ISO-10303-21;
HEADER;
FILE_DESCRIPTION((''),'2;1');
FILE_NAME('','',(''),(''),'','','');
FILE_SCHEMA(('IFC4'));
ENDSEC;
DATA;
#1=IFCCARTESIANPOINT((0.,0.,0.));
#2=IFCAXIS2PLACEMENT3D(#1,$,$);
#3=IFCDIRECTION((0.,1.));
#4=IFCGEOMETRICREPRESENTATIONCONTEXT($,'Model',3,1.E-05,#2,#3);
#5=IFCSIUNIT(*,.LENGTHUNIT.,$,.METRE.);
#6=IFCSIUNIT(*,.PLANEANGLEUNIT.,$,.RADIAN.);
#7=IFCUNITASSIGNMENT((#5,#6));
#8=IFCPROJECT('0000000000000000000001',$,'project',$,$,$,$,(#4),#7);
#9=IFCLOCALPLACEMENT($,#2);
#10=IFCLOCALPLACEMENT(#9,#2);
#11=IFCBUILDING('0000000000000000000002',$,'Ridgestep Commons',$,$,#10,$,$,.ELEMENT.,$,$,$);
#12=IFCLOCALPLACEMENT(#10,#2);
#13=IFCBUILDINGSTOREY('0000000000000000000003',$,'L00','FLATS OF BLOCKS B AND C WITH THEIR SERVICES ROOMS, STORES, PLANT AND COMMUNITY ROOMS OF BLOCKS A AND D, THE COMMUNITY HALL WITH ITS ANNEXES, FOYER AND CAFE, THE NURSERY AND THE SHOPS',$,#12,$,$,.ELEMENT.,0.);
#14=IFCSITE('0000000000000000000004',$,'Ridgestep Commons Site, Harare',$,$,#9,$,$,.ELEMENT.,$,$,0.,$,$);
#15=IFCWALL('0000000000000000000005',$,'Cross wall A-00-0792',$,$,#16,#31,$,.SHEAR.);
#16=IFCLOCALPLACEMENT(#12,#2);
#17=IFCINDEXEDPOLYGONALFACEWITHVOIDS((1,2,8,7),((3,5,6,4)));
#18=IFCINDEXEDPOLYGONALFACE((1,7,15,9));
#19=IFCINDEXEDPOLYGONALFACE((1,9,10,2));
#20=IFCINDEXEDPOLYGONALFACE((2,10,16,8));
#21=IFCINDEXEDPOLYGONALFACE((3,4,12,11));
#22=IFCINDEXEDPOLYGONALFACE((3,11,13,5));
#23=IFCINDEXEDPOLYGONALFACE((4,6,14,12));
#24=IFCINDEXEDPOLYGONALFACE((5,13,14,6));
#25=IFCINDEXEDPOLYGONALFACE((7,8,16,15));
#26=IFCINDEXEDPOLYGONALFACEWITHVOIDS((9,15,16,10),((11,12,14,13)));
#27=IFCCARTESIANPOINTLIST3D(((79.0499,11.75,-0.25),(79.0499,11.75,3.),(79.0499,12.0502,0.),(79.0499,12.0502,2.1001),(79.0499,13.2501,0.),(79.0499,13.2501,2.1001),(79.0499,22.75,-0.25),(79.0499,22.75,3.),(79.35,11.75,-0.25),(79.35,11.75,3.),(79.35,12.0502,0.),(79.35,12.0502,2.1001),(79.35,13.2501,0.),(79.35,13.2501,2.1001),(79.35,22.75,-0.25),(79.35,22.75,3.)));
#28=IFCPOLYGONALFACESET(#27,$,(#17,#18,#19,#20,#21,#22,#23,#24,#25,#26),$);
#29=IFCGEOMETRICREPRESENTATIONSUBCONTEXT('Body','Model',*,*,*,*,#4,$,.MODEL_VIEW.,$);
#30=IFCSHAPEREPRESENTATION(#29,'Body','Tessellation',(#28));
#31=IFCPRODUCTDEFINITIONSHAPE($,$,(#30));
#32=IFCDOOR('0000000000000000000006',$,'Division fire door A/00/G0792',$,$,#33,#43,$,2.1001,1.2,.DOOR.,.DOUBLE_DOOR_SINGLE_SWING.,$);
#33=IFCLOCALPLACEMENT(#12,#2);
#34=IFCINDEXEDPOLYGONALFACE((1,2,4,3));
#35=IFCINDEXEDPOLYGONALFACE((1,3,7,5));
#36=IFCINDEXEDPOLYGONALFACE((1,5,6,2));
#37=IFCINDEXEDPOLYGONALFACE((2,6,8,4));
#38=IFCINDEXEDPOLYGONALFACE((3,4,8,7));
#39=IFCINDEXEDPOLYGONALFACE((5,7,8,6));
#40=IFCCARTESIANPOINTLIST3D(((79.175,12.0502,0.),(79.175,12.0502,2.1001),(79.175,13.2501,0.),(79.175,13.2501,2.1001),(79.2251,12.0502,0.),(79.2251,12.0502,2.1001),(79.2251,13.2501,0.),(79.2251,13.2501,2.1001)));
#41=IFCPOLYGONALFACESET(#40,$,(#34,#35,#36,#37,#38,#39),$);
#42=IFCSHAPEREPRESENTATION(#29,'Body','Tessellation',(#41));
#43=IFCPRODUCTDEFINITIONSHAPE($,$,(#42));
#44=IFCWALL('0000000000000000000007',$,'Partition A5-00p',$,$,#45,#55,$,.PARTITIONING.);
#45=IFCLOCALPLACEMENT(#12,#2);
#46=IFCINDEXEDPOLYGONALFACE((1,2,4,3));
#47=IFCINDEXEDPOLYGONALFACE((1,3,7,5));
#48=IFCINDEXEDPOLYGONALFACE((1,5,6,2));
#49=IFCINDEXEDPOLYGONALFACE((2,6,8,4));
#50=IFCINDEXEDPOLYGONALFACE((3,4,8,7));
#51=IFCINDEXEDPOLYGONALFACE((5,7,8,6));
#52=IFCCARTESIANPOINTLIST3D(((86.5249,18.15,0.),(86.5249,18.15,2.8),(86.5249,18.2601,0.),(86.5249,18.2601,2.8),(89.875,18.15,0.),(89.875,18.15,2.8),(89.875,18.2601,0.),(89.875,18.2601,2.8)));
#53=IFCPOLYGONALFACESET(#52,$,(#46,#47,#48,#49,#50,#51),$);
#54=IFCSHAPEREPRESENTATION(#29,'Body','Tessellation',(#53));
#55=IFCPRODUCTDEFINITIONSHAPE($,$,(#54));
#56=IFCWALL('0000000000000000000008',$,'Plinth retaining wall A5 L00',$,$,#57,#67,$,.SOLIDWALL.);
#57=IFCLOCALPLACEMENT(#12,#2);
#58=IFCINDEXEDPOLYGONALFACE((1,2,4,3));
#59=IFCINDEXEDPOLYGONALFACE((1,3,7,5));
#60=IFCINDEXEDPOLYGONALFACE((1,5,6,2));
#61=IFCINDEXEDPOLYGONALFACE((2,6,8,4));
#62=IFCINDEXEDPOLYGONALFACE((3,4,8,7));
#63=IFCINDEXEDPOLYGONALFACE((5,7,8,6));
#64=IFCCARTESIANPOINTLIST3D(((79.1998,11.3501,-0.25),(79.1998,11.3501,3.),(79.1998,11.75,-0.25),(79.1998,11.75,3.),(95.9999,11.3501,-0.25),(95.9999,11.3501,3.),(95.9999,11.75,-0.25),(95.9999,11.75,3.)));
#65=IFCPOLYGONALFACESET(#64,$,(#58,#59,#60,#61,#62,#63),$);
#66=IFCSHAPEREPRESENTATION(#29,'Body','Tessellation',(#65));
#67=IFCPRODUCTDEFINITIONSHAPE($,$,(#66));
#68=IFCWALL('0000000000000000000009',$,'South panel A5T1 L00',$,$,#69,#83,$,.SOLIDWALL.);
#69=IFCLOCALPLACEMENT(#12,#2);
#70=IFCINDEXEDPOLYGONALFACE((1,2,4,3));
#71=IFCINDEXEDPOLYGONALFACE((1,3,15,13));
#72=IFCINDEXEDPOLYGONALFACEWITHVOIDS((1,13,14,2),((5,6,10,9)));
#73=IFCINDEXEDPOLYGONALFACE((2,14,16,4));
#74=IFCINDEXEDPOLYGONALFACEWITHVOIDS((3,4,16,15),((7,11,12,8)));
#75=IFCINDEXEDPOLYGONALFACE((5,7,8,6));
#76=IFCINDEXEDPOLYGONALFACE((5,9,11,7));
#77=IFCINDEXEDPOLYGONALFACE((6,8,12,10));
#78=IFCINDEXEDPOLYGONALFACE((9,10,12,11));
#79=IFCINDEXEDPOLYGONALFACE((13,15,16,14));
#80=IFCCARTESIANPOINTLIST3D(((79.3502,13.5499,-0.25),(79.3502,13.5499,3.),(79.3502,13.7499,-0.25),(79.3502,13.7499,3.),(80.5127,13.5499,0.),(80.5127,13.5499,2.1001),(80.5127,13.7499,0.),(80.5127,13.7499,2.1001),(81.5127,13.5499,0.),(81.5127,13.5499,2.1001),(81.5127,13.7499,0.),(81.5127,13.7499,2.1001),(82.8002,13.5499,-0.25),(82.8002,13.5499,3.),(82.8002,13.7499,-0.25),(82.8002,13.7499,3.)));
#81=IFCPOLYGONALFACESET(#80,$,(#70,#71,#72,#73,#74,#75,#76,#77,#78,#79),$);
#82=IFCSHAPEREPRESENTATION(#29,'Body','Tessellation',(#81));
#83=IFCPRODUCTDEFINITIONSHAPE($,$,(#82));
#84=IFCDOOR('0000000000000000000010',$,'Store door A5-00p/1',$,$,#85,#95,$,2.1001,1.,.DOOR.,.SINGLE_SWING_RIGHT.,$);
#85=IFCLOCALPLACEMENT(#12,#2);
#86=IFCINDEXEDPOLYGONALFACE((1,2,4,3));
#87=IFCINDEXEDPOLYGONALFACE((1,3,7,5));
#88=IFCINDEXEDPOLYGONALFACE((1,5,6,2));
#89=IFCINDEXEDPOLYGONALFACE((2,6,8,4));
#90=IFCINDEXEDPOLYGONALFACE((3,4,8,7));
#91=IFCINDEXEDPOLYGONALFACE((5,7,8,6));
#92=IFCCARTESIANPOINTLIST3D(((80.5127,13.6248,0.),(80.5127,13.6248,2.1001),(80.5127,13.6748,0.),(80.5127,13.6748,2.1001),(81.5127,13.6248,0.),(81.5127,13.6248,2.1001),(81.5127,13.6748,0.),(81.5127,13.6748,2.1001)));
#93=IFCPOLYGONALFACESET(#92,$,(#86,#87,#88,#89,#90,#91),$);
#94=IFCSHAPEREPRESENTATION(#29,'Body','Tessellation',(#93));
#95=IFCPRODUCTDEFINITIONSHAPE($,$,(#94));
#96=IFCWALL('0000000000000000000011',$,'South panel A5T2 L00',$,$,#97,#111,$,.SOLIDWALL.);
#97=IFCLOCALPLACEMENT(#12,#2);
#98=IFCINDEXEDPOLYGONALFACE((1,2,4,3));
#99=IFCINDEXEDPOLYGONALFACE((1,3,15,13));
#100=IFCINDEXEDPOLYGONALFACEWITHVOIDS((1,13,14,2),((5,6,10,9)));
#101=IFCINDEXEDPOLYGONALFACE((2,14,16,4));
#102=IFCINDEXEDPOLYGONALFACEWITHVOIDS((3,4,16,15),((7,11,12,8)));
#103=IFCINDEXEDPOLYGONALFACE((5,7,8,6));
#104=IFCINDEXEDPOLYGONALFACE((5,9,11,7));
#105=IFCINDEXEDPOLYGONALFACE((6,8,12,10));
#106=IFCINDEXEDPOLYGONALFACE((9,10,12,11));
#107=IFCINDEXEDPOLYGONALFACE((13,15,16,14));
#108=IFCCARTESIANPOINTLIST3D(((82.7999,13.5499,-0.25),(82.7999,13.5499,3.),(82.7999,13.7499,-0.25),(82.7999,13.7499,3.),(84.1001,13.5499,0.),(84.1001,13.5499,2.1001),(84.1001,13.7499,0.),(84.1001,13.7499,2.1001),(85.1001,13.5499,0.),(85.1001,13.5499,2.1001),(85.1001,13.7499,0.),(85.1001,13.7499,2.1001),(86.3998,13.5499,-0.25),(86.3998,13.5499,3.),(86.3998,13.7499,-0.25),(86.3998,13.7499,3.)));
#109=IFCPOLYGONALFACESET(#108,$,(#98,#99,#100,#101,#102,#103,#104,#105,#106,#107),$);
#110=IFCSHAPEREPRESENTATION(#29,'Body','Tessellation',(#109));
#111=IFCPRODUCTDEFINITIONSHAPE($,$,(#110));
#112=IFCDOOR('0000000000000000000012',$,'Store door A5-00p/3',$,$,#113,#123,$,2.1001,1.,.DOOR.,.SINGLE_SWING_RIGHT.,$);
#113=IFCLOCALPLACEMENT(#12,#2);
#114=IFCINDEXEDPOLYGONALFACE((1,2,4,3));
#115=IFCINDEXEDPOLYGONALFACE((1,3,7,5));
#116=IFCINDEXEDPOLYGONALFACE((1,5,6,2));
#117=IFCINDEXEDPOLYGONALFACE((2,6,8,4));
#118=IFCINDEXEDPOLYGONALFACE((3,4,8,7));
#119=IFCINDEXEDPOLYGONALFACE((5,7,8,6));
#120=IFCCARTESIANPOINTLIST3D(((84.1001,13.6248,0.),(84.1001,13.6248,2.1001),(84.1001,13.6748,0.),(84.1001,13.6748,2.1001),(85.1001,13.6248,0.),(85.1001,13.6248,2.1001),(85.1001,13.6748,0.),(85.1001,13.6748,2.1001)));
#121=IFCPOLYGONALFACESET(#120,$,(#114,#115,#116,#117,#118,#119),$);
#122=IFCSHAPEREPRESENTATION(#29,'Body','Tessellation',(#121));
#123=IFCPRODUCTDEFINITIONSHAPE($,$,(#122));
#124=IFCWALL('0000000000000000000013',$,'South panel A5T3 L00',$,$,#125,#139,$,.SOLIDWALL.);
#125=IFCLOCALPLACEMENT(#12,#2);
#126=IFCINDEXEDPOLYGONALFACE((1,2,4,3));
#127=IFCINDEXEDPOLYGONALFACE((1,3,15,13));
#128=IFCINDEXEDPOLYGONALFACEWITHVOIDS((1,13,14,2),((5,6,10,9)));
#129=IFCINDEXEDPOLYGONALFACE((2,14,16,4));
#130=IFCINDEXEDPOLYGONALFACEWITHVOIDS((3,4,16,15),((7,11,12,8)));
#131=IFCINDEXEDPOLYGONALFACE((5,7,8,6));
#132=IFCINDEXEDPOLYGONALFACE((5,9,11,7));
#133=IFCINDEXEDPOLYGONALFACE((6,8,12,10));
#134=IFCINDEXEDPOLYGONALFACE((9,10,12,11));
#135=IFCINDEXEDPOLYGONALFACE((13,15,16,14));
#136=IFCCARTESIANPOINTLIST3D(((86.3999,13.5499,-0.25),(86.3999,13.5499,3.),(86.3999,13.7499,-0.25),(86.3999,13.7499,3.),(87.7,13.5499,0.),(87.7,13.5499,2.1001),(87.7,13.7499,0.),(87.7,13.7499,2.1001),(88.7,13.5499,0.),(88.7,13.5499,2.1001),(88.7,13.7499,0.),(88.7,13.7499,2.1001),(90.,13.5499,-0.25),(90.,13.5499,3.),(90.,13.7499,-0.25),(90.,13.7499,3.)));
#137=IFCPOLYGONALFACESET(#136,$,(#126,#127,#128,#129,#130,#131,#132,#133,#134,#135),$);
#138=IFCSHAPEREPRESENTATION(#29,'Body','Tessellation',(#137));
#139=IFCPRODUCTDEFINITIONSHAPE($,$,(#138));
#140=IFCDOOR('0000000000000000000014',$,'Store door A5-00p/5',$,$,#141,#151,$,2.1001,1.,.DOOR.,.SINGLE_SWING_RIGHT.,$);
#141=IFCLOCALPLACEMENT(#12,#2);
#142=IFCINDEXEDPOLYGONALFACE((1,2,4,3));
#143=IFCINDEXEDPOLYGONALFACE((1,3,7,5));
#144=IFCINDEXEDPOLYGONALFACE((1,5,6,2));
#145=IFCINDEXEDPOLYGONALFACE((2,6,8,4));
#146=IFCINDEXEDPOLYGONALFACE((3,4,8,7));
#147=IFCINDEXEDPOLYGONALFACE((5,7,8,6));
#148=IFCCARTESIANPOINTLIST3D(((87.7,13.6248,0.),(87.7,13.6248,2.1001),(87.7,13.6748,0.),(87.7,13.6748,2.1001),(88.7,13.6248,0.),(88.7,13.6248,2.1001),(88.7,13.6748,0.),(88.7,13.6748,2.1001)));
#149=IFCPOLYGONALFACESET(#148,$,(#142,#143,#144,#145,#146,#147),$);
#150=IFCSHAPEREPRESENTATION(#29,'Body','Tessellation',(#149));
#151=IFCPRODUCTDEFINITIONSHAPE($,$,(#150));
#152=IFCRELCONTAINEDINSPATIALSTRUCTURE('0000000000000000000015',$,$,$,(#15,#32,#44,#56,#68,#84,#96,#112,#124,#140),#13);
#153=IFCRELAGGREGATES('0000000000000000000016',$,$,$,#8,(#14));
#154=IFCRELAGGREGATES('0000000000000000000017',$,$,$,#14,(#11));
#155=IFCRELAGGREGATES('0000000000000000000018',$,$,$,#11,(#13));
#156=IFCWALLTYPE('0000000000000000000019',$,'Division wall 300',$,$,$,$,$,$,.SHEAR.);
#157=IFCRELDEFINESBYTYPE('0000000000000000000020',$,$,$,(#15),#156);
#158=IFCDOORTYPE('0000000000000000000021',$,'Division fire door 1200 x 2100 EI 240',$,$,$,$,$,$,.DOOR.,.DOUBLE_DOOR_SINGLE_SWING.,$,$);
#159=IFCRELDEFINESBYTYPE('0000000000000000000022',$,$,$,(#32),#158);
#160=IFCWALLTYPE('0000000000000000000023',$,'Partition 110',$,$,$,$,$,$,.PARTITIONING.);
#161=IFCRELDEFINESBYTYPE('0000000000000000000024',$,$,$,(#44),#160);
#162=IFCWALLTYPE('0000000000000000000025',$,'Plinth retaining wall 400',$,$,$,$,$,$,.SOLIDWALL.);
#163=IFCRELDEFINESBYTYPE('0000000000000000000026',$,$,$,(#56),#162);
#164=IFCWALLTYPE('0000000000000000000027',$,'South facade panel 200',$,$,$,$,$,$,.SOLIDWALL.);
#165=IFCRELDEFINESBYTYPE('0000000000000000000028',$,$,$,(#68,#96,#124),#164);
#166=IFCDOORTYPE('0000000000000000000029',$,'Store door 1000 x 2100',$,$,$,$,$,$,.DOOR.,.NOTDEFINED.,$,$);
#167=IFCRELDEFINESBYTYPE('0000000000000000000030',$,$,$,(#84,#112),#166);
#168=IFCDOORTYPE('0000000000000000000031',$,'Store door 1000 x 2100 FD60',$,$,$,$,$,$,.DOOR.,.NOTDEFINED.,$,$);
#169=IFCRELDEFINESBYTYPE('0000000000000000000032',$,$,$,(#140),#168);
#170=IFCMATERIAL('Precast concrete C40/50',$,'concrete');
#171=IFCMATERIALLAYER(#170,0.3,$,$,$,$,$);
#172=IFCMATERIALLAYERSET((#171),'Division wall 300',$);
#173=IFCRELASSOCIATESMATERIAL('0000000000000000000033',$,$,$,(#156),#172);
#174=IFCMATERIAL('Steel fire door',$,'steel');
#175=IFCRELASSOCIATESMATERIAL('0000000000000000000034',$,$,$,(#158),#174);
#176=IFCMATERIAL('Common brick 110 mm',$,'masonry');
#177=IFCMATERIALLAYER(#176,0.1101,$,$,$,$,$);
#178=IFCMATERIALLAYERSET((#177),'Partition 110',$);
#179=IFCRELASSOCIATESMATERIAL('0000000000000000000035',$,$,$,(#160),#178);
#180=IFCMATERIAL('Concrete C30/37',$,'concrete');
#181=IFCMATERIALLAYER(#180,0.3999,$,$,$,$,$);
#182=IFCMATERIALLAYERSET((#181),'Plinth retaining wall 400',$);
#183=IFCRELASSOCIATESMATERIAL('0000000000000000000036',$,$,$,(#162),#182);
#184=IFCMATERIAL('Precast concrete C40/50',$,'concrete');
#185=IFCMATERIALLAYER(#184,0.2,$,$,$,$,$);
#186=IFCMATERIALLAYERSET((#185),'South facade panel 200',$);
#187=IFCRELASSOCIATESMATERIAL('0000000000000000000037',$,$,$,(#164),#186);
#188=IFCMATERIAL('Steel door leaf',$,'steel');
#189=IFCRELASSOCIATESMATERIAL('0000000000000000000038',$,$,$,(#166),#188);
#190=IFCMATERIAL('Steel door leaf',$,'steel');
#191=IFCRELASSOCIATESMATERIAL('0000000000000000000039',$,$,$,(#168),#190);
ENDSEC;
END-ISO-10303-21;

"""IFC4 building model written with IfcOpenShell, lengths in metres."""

from ifc_helpers import new_model, si_unit, direction, frame, frame_2d, origin, place, context, subcontext, project, spatial, rectangle, extrude, material, layer, layer_set, type_object, element, fill, save


model = new_model("IFC4")

# Units and contexts
model_context = context("Model", 3, precision=1e-05, world=origin(), true_north=direction((0.0, 1.0)))
body_context = subcontext(model_context, "Body", "Model", "MODEL_VIEW")
ifc_project = project(units=[si_unit("LENGTHUNIT", "METRE"), si_unit("PLANEANGLEUNIT", "RADIAN")], contexts=[model_context])

# Site, building, storey
site_placement = place(None, origin())
site = spatial("IfcSite", under=ifc_project, at=site_placement, Name="Ridgestep Commons Site, Harare", CompositionType="ELEMENT", RefElevation=0.0)
building_placement = place(site_placement, origin())
building = spatial("IfcBuilding", under=site, at=building_placement, Name="Ridgestep Commons", CompositionType="ELEMENT")
storey_placement = place(building_placement, origin())
storey = spatial("IfcBuildingStorey", under=building, at=storey_placement, Name="L00", Description="FLATS OF BLOCKS B AND C WITH THEIR SERVICES ROOMS, STORES, PLANT AND COMMUNITY ROOMS OF BLOCKS A AND D, THE COMMUNITY HALL WITH ITS ANNEXES, FOYER AND CAFE, THE NURSERY AND THE SHOPS", CompositionType="ELEMENT", Elevation=0.0)

# Wall, opening, door
ifc_material_1 = material(Name="Precast concrete C40/50", Category="concrete")
ifc_layer_1 = layer(ifc_material_1, 0.3)
ifc_layer_set_1 = layer_set([ifc_layer_1], Name="Division wall 300")
wall_type_1 = type_object("IfcWallType", Name="Division wall 300", PredefinedType="SHEAR", material=ifc_layer_set_1)
wall_1_placement = place(storey_placement, frame((79.2, 11.75, -0.25), z_axis=(0.0, 0.0, 1.0), x_axis=(0.0, 1.0, 0.0)))
wall_1 = element("IfcWall", 1, at=wall_1_placement, inside=storey, type_object=wall_type_1, Name="Cross wall A-00-0792", PredefinedType="SHEAR", context=body_context, shape_type="SweptSolid", body=[
    extrude(rectangle(XDim=11.0, YDim=0.3, at=frame_2d((5.5, 0.0))), origin(), (0.0, 0.0, 1.0), 3.25),
])
opening_1_placement = place(wall_1_placement, frame((0.3, 0.0, 0.25)))
opening_1 = element("IfcOpeningElement", 2, at=opening_1_placement, cuts=wall_1, PredefinedType="OPENING", context=body_context, shape_type="SweptSolid", body=[
    extrude(rectangle(XDim=1.2, YDim=2.1001, at=frame_2d((0.6001, 1.05))), frame((0.0, 0.1599, 0.0), z_axis=(0.0, -1.0, 0.0), x_axis=(1.0, 0.0, 0.0)), (0.0, 0.0, 1.0), 0.3201),
])
ifc_material_2 = material(Name="Steel fire door", Category="steel")
door_type_1 = type_object("IfcDoorType", Name="Division fire door 1200 x 2100 EI 240", OperationType="DOUBLE_DOOR_SINGLE_SWING", PredefinedType="DOOR", material=ifc_material_2)
door_1_placement = place(opening_1_placement, origin())
door_1 = element("IfcDoor", 3, at=door_1_placement, inside=storey, type_object=door_type_1, Name="Division fire door A/00/G0792", OperationType="DOUBLE_DOOR_SINGLE_SWING", OverallHeight=2.1001, OverallWidth=1.2, PredefinedType="DOOR", context=body_context, shape_type="SweptSolid", body=[
    extrude(rectangle(XDim=1.2, YDim=2.1001, at=frame_2d((0.6001, 1.05))), frame((0.0, 0.0249, 0.0), z_axis=(0.0, -1.0, 0.0), x_axis=(1.0, 0.0, 0.0)), (0.0, 0.0, 1.0), 0.05),
])
fill(opening_1, door_1)

# Walls
ifc_material_3 = material(Name="Common brick 110 mm", Category="masonry")
ifc_layer_2 = layer(ifc_material_3, 0.1101)
ifc_layer_set_2 = layer_set([ifc_layer_2], Name="Partition 110")
wall_type_2 = type_object("IfcWallType", Name="Partition 110", PredefinedType="PARTITIONING", material=ifc_layer_set_2)
wall_2_placement = place(storey_placement, frame((86.5249, 18.2051, 0.0), z_axis=(0.0, 0.0, 1.0), x_axis=(1.0, 0.0, 0.0)))
element("IfcWall", 4, at=wall_2_placement, inside=storey, type_object=wall_type_2, Name="Partition A5-00p", PredefinedType="PARTITIONING", context=body_context, shape_type="SweptSolid", body=[
    extrude(rectangle(XDim=3.3501, YDim=0.1101, at=frame_2d((1.675, 0.0))), origin(), (0.0, 0.0, 1.0), 2.8),
])
ifc_material_4 = material(Name="Concrete C30/37", Category="concrete")
ifc_layer_3 = layer(ifc_material_4, 0.3999)
ifc_layer_set_3 = layer_set([ifc_layer_3], Name="Plinth retaining wall 400")
wall_type_3 = type_object("IfcWallType", Name="Plinth retaining wall 400", PredefinedType="SOLIDWALL", material=ifc_layer_set_3)
wall_3_placement = place(storey_placement, frame((79.2, 11.55, -0.25), z_axis=(0.0, 0.0, 1.0), x_axis=(1.0, 0.0, 0.0)))
element("IfcWall", 5, at=wall_3_placement, inside=storey, type_object=wall_type_3, Name="Plinth retaining wall A5 L00", PredefinedType="SOLIDWALL", context=body_context, shape_type="SweptSolid", body=[
    extrude(rectangle(XDim=16.8, YDim=0.3999, at=frame_2d((8.3999, 0.0))), origin(), (0.0, 0.0, 1.0), 3.25),
])

# Walls, openings, doors
ifc_material_5 = material(Name="Precast concrete C40/50", Category="concrete")
ifc_layer_4 = layer(ifc_material_5, 0.2)
ifc_layer_set_4 = layer_set([ifc_layer_4], Name="South facade panel 200")
wall_type_4 = type_object("IfcWallType", Name="South facade panel 200", PredefinedType="SOLIDWALL", material=ifc_layer_set_4)
wall_4_placement = place(storey_placement, frame((79.3501, 13.6499, -0.25), z_axis=(0.0, 0.0, 1.0), x_axis=(1.0, 0.0, 0.0)))
wall_4 = element("IfcWall", 6, at=wall_4_placement, inside=storey, type_object=wall_type_4, Name="South panel A5T1 L00", PredefinedType="SOLIDWALL", context=body_context, shape_type="SweptSolid", body=[
    extrude(rectangle(XDim=3.45, YDim=0.2, at=frame_2d((1.7251, 0.0))), origin(), (0.0, 0.0, 1.0), 3.25),
])
opening_2_placement = place(wall_4_placement, frame((1.1626, 0.0, 0.25)))
opening_2 = element("IfcOpeningElement", 7, at=opening_2_placement, cuts=wall_4, PredefinedType="OPENING", context=body_context, shape_type="SweptSolid", body=[
    extrude(rectangle(XDim=1.0, YDim=2.1001, at=frame_2d((0.5, 1.05))), frame((0.0, 0.1099, 0.0), z_axis=(0.0, -1.0, 0.0), x_axis=(1.0, 0.0, 0.0)), (0.0, 0.0, 1.0), 0.22),
])
ifc_material_6 = material(Name="Steel door leaf", Category="steel")
door_type_2 = type_object("IfcDoorType", Name="Store door 1000 x 2100", OperationType="NOTDEFINED", PredefinedType="DOOR", material=ifc_material_6)
door_2_placement = place(opening_2_placement, origin())
door_2 = element("IfcDoor", 8, at=door_2_placement, inside=storey, type_object=door_type_2, Name="Store door A5-00p/1", OperationType="SINGLE_SWING_RIGHT", OverallHeight=2.1001, OverallWidth=1.0, PredefinedType="DOOR", context=body_context, shape_type="SweptSolid", body=[
    extrude(rectangle(XDim=1.0, YDim=2.1001, at=frame_2d((0.5, 1.05))), frame((0.0, 0.0249, 0.0), z_axis=(0.0, -1.0, 0.0), x_axis=(1.0, 0.0, 0.0)), (0.0, 0.0, 1.0), 0.05),
])
fill(opening_2, door_2)
wall_5_placement = place(storey_placement, frame((82.8, 13.6499, -0.25), z_axis=(0.0, 0.0, 1.0), x_axis=(1.0, 0.0, 0.0)))
wall_5 = element("IfcWall", 9, at=wall_5_placement, inside=storey, type_object=wall_type_4, Name="South panel A5T2 L00", PredefinedType="SOLIDWALL", context=body_context, shape_type="SweptSolid", body=[
    extrude(rectangle(XDim=3.5999, YDim=0.2, at=frame_2d((1.7998, 0.0))), origin(), (0.0, 0.0, 1.0), 3.25),
])
opening_3_placement = place(wall_5_placement, frame((1.3, 0.0, 0.25)))
opening_3 = element("IfcOpeningElement", 10, at=opening_3_placement, cuts=wall_5, PredefinedType="OPENING", context=body_context, shape_type="SweptSolid", body=[
    extrude(rectangle(XDim=1.0, YDim=2.1001, at=frame_2d((0.5, 1.05))), frame((0.0, 0.1099, 0.0), z_axis=(0.0, -1.0, 0.0), x_axis=(1.0, 0.0, 0.0)), (0.0, 0.0, 1.0), 0.22),
])
door_3_placement = place(opening_3_placement, origin())
door_3 = element("IfcDoor", 11, at=door_3_placement, inside=storey, type_object=door_type_2, Name="Store door A5-00p/3", OperationType="SINGLE_SWING_RIGHT", OverallHeight=2.1001, OverallWidth=1.0, PredefinedType="DOOR", context=body_context, shape_type="SweptSolid", body=[
    extrude(rectangle(XDim=1.0, YDim=2.1001, at=frame_2d((0.5, 1.05))), frame((0.0, 0.0249, 0.0), z_axis=(0.0, -1.0, 0.0), x_axis=(1.0, 0.0, 0.0)), (0.0, 0.0, 1.0), 0.05),
])
fill(opening_3, door_3)
wall_6_placement = place(storey_placement, frame((86.3999, 13.6499, -0.25), z_axis=(0.0, 0.0, 1.0), x_axis=(1.0, 0.0, 0.0)))
wall_6 = element("IfcWall", 12, at=wall_6_placement, inside=storey, type_object=wall_type_4, Name="South panel A5T3 L00", PredefinedType="SOLIDWALL", context=body_context, shape_type="SweptSolid", body=[
    extrude(rectangle(XDim=3.6001, YDim=0.2, at=frame_2d((1.8, 0.0))), origin(), (0.0, 0.0, 1.0), 3.25),
])
opening_4_placement = place(wall_6_placement, frame((1.3, 0.0, 0.25)))
opening_4 = element("IfcOpeningElement", 13, at=opening_4_placement, cuts=wall_6, PredefinedType="OPENING", context=body_context, shape_type="SweptSolid", body=[
    extrude(rectangle(XDim=1.0, YDim=2.1001, at=frame_2d((0.5, 1.05))), frame((0.0, 0.1099, 0.0), z_axis=(0.0, -1.0, 0.0), x_axis=(1.0, 0.0, 0.0)), (0.0, 0.0, 1.0), 0.22),
])
ifc_material_7 = material(Name="Steel door leaf", Category="steel")
door_type_3 = type_object("IfcDoorType", Name="Store door 1000 x 2100 FD60", OperationType="NOTDEFINED", PredefinedType="DOOR", material=ifc_material_7)
door_4_placement = place(opening_4_placement, origin())
door_4 = element("IfcDoor", 14, at=door_4_placement, inside=storey, type_object=door_type_3, Name="Store door A5-00p/5", OperationType="SINGLE_SWING_RIGHT", OverallHeight=2.1001, OverallWidth=1.0, PredefinedType="DOOR", context=body_context, shape_type="SweptSolid", body=[
    extrude(rectangle(XDim=1.0, YDim=2.1001, at=frame_2d((0.5, 1.05))), frame((0.0, 0.0249, 0.0), z_axis=(0.0, -1.0, 0.0), x_axis=(1.0, 0.0, 0.0)), (0.0, 0.0, 1.0), 0.05),
])
fill(opening_4, door_4)

save(model, "model.ifc")
